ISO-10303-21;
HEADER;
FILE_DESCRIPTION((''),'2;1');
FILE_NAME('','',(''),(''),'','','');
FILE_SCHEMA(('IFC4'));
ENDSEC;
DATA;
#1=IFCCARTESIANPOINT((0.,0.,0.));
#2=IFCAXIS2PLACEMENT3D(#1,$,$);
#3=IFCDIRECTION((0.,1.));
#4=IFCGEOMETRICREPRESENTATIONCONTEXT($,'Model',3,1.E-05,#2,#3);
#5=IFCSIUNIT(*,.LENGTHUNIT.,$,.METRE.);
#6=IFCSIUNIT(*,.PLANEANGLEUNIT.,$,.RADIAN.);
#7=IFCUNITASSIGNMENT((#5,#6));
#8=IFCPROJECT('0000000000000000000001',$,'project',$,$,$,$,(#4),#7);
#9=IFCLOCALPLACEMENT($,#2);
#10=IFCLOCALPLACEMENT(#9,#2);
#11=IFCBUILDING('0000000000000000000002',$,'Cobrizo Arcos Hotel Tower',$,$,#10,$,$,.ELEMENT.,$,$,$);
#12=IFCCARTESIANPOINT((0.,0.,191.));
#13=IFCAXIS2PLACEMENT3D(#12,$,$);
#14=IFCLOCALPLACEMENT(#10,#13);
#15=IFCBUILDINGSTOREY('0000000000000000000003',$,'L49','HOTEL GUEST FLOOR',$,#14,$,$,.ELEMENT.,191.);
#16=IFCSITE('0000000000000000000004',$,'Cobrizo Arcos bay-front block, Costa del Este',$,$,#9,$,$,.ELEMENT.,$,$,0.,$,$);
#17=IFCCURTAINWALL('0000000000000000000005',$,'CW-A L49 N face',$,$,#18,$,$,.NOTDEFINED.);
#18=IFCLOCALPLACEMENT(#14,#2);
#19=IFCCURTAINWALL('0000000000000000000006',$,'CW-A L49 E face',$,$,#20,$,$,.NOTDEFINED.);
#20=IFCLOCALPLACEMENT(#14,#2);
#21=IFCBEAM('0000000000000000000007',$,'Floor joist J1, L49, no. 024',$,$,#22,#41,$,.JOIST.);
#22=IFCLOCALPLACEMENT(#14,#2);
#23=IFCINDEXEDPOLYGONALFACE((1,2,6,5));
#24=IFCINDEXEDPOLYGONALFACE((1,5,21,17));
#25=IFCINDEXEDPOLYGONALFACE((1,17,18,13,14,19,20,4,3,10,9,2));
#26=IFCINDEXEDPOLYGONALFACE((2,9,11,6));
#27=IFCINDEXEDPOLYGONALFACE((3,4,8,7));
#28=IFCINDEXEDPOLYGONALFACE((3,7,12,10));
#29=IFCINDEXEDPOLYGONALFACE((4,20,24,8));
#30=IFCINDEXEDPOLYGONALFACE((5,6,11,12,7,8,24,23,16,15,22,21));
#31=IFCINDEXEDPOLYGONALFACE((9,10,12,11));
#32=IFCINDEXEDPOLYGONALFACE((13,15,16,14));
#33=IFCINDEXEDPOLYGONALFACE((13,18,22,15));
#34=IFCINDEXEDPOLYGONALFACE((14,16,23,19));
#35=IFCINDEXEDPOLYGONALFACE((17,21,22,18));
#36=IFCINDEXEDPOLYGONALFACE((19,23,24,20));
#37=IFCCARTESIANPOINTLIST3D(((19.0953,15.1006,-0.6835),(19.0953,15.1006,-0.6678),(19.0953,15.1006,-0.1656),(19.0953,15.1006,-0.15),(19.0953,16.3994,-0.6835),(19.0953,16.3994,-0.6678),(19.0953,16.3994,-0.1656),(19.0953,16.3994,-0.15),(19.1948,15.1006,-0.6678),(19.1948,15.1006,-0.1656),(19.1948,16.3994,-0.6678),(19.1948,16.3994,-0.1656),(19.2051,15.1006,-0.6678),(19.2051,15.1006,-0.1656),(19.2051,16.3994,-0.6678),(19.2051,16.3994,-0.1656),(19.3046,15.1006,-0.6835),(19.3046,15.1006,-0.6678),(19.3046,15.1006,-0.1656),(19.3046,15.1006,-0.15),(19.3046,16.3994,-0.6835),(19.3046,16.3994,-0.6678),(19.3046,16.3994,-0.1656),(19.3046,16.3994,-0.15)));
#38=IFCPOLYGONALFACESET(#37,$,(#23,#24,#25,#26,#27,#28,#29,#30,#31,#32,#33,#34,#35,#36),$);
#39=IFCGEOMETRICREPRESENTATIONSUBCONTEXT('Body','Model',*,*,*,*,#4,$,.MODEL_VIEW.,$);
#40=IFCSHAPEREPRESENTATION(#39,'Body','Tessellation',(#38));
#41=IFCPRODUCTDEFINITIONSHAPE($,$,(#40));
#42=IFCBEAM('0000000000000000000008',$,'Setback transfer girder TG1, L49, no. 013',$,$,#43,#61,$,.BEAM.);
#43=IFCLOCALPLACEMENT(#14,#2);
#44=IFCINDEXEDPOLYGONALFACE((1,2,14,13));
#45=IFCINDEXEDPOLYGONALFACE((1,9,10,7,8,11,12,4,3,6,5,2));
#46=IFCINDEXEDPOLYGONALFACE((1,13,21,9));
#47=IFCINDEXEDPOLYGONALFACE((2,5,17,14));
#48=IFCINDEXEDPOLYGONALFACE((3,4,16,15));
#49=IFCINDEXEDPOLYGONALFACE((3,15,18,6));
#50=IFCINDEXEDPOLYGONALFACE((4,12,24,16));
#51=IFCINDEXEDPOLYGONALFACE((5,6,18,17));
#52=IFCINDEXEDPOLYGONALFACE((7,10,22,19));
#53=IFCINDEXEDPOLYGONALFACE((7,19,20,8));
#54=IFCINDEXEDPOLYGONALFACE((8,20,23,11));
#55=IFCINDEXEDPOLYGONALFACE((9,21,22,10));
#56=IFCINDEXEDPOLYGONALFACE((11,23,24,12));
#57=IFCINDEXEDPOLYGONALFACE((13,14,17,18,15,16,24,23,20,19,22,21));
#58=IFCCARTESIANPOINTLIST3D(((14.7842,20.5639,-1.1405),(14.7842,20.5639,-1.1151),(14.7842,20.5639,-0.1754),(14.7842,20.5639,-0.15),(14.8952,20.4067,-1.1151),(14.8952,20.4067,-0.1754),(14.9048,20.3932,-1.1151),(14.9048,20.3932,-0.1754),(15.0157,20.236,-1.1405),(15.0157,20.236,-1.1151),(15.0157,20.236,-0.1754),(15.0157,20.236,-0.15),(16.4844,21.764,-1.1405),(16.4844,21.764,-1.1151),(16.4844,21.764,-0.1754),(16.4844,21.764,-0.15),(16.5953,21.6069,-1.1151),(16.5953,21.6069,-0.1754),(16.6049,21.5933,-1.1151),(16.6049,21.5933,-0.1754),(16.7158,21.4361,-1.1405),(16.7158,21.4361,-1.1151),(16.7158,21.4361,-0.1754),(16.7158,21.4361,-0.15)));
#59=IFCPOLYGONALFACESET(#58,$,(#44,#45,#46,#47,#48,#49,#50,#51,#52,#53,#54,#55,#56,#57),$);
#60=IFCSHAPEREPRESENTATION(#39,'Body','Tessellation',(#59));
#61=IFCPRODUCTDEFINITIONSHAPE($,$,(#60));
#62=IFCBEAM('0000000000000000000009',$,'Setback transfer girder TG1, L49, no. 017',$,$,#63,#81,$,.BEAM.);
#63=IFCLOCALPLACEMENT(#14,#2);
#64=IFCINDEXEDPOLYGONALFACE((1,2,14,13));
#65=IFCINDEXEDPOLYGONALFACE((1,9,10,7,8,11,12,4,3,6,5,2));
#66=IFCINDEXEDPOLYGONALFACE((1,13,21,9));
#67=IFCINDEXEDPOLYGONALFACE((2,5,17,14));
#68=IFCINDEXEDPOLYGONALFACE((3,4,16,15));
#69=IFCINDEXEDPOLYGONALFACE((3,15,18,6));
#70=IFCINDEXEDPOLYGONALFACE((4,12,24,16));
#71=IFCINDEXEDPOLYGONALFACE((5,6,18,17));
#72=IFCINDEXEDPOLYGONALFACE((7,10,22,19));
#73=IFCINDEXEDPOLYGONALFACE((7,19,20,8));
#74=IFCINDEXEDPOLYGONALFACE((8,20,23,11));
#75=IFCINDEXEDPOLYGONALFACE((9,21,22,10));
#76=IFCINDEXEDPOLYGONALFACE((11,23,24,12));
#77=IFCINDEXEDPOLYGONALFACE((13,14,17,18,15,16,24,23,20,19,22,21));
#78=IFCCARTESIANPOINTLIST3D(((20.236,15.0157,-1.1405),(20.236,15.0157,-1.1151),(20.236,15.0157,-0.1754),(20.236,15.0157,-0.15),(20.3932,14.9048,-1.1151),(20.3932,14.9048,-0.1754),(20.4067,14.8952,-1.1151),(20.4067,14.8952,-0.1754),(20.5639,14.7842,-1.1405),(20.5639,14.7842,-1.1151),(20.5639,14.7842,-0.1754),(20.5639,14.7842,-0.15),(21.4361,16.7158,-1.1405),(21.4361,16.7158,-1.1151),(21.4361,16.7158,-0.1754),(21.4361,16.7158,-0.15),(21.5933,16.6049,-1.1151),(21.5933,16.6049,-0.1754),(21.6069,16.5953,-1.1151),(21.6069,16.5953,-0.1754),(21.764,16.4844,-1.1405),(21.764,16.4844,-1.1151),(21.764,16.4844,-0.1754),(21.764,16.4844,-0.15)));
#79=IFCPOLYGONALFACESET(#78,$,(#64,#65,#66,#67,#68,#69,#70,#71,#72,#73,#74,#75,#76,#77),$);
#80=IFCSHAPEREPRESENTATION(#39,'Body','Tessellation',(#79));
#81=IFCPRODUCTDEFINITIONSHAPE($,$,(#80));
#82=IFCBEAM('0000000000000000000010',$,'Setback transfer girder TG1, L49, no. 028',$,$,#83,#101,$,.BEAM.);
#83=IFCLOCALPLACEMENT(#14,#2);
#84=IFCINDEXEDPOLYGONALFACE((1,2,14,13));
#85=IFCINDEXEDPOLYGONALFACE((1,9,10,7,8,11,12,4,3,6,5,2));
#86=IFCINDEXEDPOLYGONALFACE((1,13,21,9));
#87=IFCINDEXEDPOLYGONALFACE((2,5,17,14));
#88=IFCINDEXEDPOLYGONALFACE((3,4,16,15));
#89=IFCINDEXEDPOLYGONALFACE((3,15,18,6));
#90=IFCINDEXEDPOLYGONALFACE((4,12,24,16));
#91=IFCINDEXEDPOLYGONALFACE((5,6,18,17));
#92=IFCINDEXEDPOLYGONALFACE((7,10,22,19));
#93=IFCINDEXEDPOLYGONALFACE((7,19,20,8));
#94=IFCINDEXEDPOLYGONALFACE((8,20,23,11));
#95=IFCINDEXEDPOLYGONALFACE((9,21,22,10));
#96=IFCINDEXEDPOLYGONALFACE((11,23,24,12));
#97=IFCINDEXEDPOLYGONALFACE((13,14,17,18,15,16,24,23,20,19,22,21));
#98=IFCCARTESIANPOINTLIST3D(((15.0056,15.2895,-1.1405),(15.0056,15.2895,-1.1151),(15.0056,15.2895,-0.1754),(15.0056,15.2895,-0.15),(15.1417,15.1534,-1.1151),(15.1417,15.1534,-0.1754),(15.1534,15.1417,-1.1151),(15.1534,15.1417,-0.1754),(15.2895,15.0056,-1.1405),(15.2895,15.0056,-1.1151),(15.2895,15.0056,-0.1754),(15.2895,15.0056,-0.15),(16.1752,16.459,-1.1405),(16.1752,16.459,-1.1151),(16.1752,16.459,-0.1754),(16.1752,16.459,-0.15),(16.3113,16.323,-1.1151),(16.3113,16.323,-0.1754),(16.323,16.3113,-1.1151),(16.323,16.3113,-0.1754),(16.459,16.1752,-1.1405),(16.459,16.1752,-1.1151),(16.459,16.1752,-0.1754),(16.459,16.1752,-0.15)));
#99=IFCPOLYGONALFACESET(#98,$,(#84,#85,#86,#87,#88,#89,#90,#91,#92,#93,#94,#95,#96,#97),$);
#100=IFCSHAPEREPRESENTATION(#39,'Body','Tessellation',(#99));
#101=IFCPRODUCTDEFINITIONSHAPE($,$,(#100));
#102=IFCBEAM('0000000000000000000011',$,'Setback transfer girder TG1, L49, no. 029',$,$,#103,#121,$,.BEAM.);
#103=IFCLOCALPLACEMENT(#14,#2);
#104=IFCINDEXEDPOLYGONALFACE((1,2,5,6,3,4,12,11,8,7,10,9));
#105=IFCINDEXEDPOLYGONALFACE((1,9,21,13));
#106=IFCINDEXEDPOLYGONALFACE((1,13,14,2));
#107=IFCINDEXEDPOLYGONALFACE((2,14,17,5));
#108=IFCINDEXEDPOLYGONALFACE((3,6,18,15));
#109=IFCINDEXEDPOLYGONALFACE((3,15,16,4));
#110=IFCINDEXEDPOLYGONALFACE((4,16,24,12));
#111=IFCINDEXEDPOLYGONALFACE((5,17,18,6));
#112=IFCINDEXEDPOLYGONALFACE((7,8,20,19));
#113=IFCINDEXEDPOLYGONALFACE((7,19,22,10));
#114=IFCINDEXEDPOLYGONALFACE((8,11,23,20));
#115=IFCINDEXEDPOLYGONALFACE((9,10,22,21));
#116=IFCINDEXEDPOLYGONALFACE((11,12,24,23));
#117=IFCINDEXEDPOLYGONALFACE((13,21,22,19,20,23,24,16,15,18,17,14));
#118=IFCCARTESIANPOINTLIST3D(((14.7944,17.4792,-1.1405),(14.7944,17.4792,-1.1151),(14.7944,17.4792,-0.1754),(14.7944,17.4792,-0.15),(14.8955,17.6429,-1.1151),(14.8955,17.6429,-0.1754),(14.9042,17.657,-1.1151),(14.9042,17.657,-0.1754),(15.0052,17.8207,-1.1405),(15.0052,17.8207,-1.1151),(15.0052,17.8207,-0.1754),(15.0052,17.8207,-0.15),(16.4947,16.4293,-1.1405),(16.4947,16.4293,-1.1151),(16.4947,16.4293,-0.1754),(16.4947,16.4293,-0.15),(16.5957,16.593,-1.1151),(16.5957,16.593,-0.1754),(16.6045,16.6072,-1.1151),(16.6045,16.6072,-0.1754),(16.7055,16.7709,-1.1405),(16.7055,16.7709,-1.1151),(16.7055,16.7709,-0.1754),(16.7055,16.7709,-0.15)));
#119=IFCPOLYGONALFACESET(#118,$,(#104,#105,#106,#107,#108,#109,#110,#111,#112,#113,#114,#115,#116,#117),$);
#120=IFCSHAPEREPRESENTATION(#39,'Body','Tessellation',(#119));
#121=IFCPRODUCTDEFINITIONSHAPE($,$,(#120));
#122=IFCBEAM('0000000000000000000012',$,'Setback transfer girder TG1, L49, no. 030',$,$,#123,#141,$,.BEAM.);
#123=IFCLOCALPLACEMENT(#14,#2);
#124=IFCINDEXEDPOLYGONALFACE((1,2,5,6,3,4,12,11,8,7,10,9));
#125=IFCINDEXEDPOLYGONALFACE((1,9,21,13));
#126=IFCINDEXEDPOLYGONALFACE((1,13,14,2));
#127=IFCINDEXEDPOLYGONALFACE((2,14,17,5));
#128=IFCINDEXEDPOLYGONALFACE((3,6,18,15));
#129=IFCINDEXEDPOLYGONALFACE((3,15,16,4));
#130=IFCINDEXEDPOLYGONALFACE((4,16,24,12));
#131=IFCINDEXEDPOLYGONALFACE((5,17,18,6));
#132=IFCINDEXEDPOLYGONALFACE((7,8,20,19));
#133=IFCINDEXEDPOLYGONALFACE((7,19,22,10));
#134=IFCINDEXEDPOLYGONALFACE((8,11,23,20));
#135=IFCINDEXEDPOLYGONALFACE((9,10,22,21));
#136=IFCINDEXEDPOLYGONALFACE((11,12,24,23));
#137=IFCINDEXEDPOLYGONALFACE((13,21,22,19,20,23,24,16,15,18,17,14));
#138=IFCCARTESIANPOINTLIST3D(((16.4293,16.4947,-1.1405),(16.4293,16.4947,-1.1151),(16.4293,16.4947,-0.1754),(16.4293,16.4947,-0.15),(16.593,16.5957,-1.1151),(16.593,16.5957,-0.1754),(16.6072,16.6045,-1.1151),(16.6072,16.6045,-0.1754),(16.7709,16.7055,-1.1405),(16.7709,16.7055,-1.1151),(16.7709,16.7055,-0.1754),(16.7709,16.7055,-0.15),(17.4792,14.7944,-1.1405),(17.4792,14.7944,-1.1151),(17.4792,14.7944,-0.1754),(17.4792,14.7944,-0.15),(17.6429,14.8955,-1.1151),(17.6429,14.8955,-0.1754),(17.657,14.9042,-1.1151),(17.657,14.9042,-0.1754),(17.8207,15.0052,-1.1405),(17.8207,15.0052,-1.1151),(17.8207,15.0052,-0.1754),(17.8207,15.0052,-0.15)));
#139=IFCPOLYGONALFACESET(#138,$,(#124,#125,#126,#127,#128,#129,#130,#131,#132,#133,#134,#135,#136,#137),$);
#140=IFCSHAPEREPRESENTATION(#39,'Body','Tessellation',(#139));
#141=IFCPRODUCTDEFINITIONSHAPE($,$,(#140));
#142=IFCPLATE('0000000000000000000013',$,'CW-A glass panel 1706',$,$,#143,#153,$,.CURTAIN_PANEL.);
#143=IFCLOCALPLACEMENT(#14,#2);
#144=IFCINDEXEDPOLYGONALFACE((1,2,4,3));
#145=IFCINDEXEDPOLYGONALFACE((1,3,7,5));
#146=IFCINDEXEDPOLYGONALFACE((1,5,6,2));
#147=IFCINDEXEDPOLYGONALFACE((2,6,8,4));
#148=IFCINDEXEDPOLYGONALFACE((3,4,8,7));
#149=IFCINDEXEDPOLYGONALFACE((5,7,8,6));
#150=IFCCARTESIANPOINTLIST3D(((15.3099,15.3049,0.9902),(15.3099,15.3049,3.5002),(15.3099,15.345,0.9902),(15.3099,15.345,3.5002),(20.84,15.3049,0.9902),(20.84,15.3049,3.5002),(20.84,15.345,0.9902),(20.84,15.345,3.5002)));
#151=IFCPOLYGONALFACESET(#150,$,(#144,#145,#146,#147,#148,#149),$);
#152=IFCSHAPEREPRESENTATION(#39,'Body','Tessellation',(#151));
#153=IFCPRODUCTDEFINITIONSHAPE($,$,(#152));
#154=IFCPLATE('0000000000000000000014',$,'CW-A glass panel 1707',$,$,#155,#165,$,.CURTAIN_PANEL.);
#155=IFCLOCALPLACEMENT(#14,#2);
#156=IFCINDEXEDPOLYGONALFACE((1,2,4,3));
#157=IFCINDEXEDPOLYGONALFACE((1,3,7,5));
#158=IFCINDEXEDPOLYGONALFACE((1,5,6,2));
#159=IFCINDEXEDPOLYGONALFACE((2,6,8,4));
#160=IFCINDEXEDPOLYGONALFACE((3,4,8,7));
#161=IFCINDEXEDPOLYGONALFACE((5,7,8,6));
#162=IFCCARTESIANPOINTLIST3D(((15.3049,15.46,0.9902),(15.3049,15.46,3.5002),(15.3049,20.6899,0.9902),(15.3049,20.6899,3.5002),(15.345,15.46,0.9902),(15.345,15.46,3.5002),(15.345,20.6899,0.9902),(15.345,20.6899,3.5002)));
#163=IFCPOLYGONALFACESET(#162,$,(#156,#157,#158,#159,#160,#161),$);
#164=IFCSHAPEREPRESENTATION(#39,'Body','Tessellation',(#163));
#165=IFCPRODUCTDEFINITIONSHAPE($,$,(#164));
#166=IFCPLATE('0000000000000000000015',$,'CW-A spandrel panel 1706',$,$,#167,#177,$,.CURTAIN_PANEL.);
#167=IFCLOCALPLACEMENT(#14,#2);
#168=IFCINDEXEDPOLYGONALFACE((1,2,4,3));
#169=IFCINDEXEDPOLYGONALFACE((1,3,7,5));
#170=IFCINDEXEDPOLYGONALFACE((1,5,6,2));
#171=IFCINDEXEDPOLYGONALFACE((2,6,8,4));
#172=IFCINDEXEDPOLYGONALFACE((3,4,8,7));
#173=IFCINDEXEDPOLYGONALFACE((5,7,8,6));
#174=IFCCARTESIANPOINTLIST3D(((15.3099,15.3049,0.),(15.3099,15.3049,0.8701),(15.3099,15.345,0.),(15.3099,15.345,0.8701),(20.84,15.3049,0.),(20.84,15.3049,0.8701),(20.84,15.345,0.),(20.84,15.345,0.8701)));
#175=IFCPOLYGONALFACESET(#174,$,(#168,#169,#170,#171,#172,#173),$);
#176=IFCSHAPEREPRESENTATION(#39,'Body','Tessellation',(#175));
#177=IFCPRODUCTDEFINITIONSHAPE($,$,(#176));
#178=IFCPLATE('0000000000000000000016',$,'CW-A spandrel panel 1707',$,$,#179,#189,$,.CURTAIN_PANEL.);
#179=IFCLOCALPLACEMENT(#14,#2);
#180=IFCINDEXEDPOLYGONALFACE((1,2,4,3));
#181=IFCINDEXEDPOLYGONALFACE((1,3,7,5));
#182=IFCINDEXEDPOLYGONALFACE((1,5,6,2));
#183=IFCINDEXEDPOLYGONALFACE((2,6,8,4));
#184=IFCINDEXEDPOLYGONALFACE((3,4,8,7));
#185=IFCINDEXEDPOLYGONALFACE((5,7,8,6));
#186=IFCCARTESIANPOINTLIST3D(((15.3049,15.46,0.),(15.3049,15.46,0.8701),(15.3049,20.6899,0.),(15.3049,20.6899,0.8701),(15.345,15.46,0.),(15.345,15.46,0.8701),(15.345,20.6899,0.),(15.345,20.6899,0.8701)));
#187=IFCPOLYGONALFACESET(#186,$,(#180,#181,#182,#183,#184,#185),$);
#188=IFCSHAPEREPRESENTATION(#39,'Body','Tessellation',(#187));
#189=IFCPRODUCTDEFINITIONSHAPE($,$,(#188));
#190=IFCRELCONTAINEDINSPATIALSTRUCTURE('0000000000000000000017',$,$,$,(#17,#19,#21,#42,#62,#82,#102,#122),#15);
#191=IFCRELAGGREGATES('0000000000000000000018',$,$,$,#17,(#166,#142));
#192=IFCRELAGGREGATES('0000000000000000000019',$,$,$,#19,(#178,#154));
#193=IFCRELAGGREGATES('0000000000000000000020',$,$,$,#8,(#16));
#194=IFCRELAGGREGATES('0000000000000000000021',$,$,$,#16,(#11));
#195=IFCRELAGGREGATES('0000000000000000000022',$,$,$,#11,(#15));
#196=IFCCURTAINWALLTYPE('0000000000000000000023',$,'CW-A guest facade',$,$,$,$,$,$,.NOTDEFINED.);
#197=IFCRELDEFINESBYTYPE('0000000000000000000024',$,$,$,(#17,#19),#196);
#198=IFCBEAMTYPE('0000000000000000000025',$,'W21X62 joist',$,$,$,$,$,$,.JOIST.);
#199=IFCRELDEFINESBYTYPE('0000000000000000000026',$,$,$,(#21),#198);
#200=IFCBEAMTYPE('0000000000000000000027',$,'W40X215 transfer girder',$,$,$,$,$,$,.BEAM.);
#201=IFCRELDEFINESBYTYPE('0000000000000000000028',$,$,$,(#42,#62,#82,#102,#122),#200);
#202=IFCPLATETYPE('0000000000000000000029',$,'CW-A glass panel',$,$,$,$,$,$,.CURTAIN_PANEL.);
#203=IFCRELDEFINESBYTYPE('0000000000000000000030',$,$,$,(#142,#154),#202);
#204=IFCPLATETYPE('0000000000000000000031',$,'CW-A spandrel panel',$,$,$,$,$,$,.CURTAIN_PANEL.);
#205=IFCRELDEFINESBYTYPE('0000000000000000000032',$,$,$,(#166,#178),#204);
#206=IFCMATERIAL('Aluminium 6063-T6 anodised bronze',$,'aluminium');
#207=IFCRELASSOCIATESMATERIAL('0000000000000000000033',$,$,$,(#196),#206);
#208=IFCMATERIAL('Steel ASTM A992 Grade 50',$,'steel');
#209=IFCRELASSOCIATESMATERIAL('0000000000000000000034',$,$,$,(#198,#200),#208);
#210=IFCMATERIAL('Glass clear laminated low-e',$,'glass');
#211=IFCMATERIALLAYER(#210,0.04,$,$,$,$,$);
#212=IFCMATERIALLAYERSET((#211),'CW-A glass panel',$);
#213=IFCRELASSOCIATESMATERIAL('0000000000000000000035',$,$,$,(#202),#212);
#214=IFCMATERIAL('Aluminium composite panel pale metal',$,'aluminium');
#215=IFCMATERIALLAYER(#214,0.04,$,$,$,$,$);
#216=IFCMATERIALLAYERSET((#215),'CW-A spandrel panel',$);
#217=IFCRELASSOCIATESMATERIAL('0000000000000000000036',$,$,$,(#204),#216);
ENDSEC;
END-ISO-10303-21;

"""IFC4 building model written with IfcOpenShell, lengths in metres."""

from ifc_helpers import new_model, si_unit, direction, frame, origin, origin_2d, place, context, subcontext, project, spatial, rectangle, i_section, extrude, material, layer, layer_set, material_profile, profile_set, type_object, element, aggregate, save


model = new_model("IFC4")

# Units and contexts
model_context = context("Model", 3, precision=1e-05, world=origin(), true_north=direction((0.0, 1.0)))
body_context = subcontext(model_context, "Body", "Model", "MODEL_VIEW")
ifc_project = project(units=[si_unit("LENGTHUNIT", "METRE"), si_unit("PLANEANGLEUNIT", "RADIAN")], contexts=[model_context])

# Site, building, storey
site_placement = place(None, origin())
site = spatial("IfcSite", under=ifc_project, at=site_placement, Name="Cobrizo Arcos bay-front block, Costa del Este", CompositionType="ELEMENT", RefElevation=0.0)
building_placement = place(site_placement, origin())
building = spatial("IfcBuilding", under=site, at=building_placement, Name="Cobrizo Arcos Hotel Tower", CompositionType="ELEMENT")
storey_placement = place(building_placement, frame((0.0, 0.0, 191.0)))
storey = spatial("IfcBuildingStorey", under=building, at=storey_placement, Name="L49", Description="HOTEL GUEST FLOOR", CompositionType="ELEMENT", Elevation=191.0)

# Shared definitions
ifc_material_1 = material(Name="Aluminium 6063-T6 anodised bronze", Category="aluminium")
curtain_wall_type = type_object("IfcCurtainWallType", Name="CW-A guest facade", PredefinedType="NOTDEFINED", material=ifc_material_1)

# Curtain walls
curtain_wall_1_placement = place(storey_placement, origin())
curtain_wall_1 = element("IfcCurtainWall", 1, at=curtain_wall_1_placement, inside=storey, type_object=curtain_wall_type, Name="CW-A L49 N face", PredefinedType="NOTDEFINED")
curtain_wall_2_placement = place(storey_placement, origin())
curtain_wall_2 = element("IfcCurtainWall", 2, at=curtain_wall_2_placement, inside=storey, type_object=curtain_wall_type, Name="CW-A L49 E face", PredefinedType="NOTDEFINED")

# Beams
ifc_material_2 = material(Name="Steel ASTM A992 Grade 50", Category="steel")
ifc_material_profile_1 = material_profile(ifc_material_2, i_section(OverallWidth=0.2092, OverallDepth=0.5334, WebThickness=0.0103, FlangeThickness=0.0156, at=origin_2d()), Name="W21X62")
ifc_profile_set_1 = profile_set([ifc_material_profile_1], Name="Steel ASTM A992 Grade 50")
beam_type_1 = type_object("IfcBeamType", Name="W21X62 joist", PredefinedType="JOIST", material=ifc_profile_set_1)
beam_1_placement = place(storey_placement, frame((19.2, 15.1006, -0.4167), z_axis=(0.0, 1.0, 0.0), x_axis=(-1.0, 0.0, 0.0)))
element("IfcBeam", 3, at=beam_1_placement, inside=storey, type_object=beam_type_1, Name="Floor joist J1, L49, no. 024", PredefinedType="JOIST", context=body_context, shape_type="SweptSolid", body=[
    extrude(i_section(OverallWidth=0.2092, OverallDepth=0.5334, WebThickness=0.0103, FlangeThickness=0.0156, at=origin_2d()), origin(), (0.0, 0.0, 1.0), 1.2988),
])
ifc_material_profile_2 = material_profile(ifc_material_2, i_section(OverallWidth=0.4014, OverallDepth=0.9905, WebThickness=0.0166, FlangeThickness=0.0254, at=origin_2d()), Name="W40X215")
ifc_profile_set_2 = profile_set([ifc_material_profile_2], Name="Steel ASTM A992 Grade 50")
beam_type_2 = type_object("IfcBeamType", Name="W40X215 transfer girder", PredefinedType="BEAM", material=ifc_profile_set_2)
for number, where, z_axis, x_axis, name in (
    (4, (16.6001, 21.6001, -0.6453), (-0.816955, -0.576702, 0.0), (0.576702, -0.816955, 0.0), "Setback transfer girder TG1, L49, no. 013"),
    (5, (21.6001, 16.6001, -0.6453), (-0.576702, -0.816955, 0.0), (0.816955, -0.576702, 0.0), "Setback transfer girder TG1, L49, no. 017"),
):
    element("IfcBeam", number, at=place(storey_placement, frame(where, z_axis=z_axis, x_axis=x_axis)), inside=storey, type_object=beam_type_2, Name=name, PredefinedType="BEAM", context=body_context, shape_type="SweptSolid", body=[
        extrude(i_section(OverallWidth=0.4014, OverallDepth=0.9905, WebThickness=0.0166, FlangeThickness=0.0254, at=origin_2d()), origin(), (0.0, 0.0, 1.0), 2.0811),
    ])
beam_2_placement = place(storey_placement, frame((16.3171, 16.3171, -0.6453), z_axis=(-0.707107, -0.707107, 0.0), x_axis=(0.707107, -0.707107, 0.0)))
element("IfcBeam", 6, at=beam_2_placement, inside=storey, type_object=beam_type_2, Name="Setback transfer girder TG1, L49, no. 028", PredefinedType="BEAM", context=body_context, shape_type="SweptSolid", body=[
    extrude(i_section(OverallWidth=0.4014, OverallDepth=0.9905, WebThickness=0.0166, FlangeThickness=0.0254, at=origin_2d()), origin(), (0.0, 0.0, 1.0), 1.6541),
])
for number, where, z_axis, x_axis, name in (
    (7, (16.6001, 16.6001, -0.6453), (-0.850869, 0.525378, 0.0), (-0.525378, -0.850869, 0.0), "Setback transfer girder TG1, L49, no. 029"),
    (8, (16.6001, 16.6001, -0.6453), (0.525378, -0.850869, 0.0), (0.850869, 0.525378, 0.0), "Setback transfer girder TG1, L49, no. 030"),
):
    element("IfcBeam", number, at=place(storey_placement, frame(where, z_axis=z_axis, x_axis=x_axis)), inside=storey, type_object=beam_type_2, Name=name, PredefinedType="BEAM", context=body_context, shape_type="SweptSolid", body=[
        extrude(i_section(OverallWidth=0.4014, OverallDepth=0.9905, WebThickness=0.0166, FlangeThickness=0.0254, at=origin_2d()), origin(), (0.0, 0.0, 1.0), 1.9983),
    ])

# Plates
ifc_material_3 = material(Name="Glass clear laminated low-e", Category="glass")
ifc_layer_1 = layer(ifc_material_3, 0.04)
ifc_layer_set_1 = layer_set([ifc_layer_1], Name="CW-A glass panel")
plate_type_1 = type_object("IfcPlateType", Name="CW-A glass panel", PredefinedType="CURTAIN_PANEL", material=ifc_layer_set_1)
plate_1_placement = place(storey_placement, frame((18.075, 15.325, 0.9902), z_axis=(0.0, 0.0, 1.0), x_axis=(-1.0, 0.0, 0.0)))
plate_1 = element("IfcPlate", 9, at=plate_1_placement, type_object=plate_type_1, Name="CW-A glass panel 1706", PredefinedType="CURTAIN_PANEL", context=body_context, shape_type="SweptSolid", body=[
    extrude(rectangle(XDim=5.53, YDim=0.04, at=origin_2d()), origin(), (0.0, 0.0, 1.0), 2.51),
])
plate_2_placement = place(storey_placement, frame((15.325, 18.075, 0.9902), z_axis=(0.0, 0.0, 1.0), x_axis=(0.0, 1.0, 0.0)))
plate_2 = element("IfcPlate", 10, at=plate_2_placement, type_object=plate_type_1, Name="CW-A glass panel 1707", PredefinedType="CURTAIN_PANEL", context=body_context, shape_type="SweptSolid", body=[
    extrude(rectangle(XDim=5.23, YDim=0.04, at=origin_2d()), origin(), (0.0, 0.0, 1.0), 2.51),
])
ifc_material_4 = material(Name="Aluminium composite panel pale metal", Category="aluminium")
ifc_layer_2 = layer(ifc_material_4, 0.04)
ifc_layer_set_2 = layer_set([ifc_layer_2], Name="CW-A spandrel panel")
plate_type_2 = type_object("IfcPlateType", Name="CW-A spandrel panel", PredefinedType="CURTAIN_PANEL", material=ifc_layer_set_2)
plate_3_placement = place(storey_placement, frame((18.075, 15.325, 0.0), z_axis=(0.0, 0.0, 1.0), x_axis=(-1.0, 0.0, 0.0)))
plate_3 = element("IfcPlate", 11, at=plate_3_placement, type_object=plate_type_2, Name="CW-A spandrel panel 1706", PredefinedType="CURTAIN_PANEL", context=body_context, shape_type="SweptSolid", body=[
    extrude(rectangle(XDim=5.53, YDim=0.04, at=origin_2d()), origin(), (0.0, 0.0, 1.0), 0.8701),
])
aggregate(curtain_wall_1, [plate_3, plate_1])
plate_4_placement = place(storey_placement, frame((15.325, 18.075, 0.0), z_axis=(0.0, 0.0, 1.0), x_axis=(0.0, 1.0, 0.0)))
plate_4 = element("IfcPlate", 12, at=plate_4_placement, type_object=plate_type_2, Name="CW-A spandrel panel 1707", PredefinedType="CURTAIN_PANEL", context=body_context, shape_type="SweptSolid", body=[
    extrude(rectangle(XDim=5.23, YDim=0.04, at=origin_2d()), origin(), (0.0, 0.0, 1.0), 0.8701),
])
aggregate(curtain_wall_2, [plate_4, plate_2])

save(model, "model.ifc")
